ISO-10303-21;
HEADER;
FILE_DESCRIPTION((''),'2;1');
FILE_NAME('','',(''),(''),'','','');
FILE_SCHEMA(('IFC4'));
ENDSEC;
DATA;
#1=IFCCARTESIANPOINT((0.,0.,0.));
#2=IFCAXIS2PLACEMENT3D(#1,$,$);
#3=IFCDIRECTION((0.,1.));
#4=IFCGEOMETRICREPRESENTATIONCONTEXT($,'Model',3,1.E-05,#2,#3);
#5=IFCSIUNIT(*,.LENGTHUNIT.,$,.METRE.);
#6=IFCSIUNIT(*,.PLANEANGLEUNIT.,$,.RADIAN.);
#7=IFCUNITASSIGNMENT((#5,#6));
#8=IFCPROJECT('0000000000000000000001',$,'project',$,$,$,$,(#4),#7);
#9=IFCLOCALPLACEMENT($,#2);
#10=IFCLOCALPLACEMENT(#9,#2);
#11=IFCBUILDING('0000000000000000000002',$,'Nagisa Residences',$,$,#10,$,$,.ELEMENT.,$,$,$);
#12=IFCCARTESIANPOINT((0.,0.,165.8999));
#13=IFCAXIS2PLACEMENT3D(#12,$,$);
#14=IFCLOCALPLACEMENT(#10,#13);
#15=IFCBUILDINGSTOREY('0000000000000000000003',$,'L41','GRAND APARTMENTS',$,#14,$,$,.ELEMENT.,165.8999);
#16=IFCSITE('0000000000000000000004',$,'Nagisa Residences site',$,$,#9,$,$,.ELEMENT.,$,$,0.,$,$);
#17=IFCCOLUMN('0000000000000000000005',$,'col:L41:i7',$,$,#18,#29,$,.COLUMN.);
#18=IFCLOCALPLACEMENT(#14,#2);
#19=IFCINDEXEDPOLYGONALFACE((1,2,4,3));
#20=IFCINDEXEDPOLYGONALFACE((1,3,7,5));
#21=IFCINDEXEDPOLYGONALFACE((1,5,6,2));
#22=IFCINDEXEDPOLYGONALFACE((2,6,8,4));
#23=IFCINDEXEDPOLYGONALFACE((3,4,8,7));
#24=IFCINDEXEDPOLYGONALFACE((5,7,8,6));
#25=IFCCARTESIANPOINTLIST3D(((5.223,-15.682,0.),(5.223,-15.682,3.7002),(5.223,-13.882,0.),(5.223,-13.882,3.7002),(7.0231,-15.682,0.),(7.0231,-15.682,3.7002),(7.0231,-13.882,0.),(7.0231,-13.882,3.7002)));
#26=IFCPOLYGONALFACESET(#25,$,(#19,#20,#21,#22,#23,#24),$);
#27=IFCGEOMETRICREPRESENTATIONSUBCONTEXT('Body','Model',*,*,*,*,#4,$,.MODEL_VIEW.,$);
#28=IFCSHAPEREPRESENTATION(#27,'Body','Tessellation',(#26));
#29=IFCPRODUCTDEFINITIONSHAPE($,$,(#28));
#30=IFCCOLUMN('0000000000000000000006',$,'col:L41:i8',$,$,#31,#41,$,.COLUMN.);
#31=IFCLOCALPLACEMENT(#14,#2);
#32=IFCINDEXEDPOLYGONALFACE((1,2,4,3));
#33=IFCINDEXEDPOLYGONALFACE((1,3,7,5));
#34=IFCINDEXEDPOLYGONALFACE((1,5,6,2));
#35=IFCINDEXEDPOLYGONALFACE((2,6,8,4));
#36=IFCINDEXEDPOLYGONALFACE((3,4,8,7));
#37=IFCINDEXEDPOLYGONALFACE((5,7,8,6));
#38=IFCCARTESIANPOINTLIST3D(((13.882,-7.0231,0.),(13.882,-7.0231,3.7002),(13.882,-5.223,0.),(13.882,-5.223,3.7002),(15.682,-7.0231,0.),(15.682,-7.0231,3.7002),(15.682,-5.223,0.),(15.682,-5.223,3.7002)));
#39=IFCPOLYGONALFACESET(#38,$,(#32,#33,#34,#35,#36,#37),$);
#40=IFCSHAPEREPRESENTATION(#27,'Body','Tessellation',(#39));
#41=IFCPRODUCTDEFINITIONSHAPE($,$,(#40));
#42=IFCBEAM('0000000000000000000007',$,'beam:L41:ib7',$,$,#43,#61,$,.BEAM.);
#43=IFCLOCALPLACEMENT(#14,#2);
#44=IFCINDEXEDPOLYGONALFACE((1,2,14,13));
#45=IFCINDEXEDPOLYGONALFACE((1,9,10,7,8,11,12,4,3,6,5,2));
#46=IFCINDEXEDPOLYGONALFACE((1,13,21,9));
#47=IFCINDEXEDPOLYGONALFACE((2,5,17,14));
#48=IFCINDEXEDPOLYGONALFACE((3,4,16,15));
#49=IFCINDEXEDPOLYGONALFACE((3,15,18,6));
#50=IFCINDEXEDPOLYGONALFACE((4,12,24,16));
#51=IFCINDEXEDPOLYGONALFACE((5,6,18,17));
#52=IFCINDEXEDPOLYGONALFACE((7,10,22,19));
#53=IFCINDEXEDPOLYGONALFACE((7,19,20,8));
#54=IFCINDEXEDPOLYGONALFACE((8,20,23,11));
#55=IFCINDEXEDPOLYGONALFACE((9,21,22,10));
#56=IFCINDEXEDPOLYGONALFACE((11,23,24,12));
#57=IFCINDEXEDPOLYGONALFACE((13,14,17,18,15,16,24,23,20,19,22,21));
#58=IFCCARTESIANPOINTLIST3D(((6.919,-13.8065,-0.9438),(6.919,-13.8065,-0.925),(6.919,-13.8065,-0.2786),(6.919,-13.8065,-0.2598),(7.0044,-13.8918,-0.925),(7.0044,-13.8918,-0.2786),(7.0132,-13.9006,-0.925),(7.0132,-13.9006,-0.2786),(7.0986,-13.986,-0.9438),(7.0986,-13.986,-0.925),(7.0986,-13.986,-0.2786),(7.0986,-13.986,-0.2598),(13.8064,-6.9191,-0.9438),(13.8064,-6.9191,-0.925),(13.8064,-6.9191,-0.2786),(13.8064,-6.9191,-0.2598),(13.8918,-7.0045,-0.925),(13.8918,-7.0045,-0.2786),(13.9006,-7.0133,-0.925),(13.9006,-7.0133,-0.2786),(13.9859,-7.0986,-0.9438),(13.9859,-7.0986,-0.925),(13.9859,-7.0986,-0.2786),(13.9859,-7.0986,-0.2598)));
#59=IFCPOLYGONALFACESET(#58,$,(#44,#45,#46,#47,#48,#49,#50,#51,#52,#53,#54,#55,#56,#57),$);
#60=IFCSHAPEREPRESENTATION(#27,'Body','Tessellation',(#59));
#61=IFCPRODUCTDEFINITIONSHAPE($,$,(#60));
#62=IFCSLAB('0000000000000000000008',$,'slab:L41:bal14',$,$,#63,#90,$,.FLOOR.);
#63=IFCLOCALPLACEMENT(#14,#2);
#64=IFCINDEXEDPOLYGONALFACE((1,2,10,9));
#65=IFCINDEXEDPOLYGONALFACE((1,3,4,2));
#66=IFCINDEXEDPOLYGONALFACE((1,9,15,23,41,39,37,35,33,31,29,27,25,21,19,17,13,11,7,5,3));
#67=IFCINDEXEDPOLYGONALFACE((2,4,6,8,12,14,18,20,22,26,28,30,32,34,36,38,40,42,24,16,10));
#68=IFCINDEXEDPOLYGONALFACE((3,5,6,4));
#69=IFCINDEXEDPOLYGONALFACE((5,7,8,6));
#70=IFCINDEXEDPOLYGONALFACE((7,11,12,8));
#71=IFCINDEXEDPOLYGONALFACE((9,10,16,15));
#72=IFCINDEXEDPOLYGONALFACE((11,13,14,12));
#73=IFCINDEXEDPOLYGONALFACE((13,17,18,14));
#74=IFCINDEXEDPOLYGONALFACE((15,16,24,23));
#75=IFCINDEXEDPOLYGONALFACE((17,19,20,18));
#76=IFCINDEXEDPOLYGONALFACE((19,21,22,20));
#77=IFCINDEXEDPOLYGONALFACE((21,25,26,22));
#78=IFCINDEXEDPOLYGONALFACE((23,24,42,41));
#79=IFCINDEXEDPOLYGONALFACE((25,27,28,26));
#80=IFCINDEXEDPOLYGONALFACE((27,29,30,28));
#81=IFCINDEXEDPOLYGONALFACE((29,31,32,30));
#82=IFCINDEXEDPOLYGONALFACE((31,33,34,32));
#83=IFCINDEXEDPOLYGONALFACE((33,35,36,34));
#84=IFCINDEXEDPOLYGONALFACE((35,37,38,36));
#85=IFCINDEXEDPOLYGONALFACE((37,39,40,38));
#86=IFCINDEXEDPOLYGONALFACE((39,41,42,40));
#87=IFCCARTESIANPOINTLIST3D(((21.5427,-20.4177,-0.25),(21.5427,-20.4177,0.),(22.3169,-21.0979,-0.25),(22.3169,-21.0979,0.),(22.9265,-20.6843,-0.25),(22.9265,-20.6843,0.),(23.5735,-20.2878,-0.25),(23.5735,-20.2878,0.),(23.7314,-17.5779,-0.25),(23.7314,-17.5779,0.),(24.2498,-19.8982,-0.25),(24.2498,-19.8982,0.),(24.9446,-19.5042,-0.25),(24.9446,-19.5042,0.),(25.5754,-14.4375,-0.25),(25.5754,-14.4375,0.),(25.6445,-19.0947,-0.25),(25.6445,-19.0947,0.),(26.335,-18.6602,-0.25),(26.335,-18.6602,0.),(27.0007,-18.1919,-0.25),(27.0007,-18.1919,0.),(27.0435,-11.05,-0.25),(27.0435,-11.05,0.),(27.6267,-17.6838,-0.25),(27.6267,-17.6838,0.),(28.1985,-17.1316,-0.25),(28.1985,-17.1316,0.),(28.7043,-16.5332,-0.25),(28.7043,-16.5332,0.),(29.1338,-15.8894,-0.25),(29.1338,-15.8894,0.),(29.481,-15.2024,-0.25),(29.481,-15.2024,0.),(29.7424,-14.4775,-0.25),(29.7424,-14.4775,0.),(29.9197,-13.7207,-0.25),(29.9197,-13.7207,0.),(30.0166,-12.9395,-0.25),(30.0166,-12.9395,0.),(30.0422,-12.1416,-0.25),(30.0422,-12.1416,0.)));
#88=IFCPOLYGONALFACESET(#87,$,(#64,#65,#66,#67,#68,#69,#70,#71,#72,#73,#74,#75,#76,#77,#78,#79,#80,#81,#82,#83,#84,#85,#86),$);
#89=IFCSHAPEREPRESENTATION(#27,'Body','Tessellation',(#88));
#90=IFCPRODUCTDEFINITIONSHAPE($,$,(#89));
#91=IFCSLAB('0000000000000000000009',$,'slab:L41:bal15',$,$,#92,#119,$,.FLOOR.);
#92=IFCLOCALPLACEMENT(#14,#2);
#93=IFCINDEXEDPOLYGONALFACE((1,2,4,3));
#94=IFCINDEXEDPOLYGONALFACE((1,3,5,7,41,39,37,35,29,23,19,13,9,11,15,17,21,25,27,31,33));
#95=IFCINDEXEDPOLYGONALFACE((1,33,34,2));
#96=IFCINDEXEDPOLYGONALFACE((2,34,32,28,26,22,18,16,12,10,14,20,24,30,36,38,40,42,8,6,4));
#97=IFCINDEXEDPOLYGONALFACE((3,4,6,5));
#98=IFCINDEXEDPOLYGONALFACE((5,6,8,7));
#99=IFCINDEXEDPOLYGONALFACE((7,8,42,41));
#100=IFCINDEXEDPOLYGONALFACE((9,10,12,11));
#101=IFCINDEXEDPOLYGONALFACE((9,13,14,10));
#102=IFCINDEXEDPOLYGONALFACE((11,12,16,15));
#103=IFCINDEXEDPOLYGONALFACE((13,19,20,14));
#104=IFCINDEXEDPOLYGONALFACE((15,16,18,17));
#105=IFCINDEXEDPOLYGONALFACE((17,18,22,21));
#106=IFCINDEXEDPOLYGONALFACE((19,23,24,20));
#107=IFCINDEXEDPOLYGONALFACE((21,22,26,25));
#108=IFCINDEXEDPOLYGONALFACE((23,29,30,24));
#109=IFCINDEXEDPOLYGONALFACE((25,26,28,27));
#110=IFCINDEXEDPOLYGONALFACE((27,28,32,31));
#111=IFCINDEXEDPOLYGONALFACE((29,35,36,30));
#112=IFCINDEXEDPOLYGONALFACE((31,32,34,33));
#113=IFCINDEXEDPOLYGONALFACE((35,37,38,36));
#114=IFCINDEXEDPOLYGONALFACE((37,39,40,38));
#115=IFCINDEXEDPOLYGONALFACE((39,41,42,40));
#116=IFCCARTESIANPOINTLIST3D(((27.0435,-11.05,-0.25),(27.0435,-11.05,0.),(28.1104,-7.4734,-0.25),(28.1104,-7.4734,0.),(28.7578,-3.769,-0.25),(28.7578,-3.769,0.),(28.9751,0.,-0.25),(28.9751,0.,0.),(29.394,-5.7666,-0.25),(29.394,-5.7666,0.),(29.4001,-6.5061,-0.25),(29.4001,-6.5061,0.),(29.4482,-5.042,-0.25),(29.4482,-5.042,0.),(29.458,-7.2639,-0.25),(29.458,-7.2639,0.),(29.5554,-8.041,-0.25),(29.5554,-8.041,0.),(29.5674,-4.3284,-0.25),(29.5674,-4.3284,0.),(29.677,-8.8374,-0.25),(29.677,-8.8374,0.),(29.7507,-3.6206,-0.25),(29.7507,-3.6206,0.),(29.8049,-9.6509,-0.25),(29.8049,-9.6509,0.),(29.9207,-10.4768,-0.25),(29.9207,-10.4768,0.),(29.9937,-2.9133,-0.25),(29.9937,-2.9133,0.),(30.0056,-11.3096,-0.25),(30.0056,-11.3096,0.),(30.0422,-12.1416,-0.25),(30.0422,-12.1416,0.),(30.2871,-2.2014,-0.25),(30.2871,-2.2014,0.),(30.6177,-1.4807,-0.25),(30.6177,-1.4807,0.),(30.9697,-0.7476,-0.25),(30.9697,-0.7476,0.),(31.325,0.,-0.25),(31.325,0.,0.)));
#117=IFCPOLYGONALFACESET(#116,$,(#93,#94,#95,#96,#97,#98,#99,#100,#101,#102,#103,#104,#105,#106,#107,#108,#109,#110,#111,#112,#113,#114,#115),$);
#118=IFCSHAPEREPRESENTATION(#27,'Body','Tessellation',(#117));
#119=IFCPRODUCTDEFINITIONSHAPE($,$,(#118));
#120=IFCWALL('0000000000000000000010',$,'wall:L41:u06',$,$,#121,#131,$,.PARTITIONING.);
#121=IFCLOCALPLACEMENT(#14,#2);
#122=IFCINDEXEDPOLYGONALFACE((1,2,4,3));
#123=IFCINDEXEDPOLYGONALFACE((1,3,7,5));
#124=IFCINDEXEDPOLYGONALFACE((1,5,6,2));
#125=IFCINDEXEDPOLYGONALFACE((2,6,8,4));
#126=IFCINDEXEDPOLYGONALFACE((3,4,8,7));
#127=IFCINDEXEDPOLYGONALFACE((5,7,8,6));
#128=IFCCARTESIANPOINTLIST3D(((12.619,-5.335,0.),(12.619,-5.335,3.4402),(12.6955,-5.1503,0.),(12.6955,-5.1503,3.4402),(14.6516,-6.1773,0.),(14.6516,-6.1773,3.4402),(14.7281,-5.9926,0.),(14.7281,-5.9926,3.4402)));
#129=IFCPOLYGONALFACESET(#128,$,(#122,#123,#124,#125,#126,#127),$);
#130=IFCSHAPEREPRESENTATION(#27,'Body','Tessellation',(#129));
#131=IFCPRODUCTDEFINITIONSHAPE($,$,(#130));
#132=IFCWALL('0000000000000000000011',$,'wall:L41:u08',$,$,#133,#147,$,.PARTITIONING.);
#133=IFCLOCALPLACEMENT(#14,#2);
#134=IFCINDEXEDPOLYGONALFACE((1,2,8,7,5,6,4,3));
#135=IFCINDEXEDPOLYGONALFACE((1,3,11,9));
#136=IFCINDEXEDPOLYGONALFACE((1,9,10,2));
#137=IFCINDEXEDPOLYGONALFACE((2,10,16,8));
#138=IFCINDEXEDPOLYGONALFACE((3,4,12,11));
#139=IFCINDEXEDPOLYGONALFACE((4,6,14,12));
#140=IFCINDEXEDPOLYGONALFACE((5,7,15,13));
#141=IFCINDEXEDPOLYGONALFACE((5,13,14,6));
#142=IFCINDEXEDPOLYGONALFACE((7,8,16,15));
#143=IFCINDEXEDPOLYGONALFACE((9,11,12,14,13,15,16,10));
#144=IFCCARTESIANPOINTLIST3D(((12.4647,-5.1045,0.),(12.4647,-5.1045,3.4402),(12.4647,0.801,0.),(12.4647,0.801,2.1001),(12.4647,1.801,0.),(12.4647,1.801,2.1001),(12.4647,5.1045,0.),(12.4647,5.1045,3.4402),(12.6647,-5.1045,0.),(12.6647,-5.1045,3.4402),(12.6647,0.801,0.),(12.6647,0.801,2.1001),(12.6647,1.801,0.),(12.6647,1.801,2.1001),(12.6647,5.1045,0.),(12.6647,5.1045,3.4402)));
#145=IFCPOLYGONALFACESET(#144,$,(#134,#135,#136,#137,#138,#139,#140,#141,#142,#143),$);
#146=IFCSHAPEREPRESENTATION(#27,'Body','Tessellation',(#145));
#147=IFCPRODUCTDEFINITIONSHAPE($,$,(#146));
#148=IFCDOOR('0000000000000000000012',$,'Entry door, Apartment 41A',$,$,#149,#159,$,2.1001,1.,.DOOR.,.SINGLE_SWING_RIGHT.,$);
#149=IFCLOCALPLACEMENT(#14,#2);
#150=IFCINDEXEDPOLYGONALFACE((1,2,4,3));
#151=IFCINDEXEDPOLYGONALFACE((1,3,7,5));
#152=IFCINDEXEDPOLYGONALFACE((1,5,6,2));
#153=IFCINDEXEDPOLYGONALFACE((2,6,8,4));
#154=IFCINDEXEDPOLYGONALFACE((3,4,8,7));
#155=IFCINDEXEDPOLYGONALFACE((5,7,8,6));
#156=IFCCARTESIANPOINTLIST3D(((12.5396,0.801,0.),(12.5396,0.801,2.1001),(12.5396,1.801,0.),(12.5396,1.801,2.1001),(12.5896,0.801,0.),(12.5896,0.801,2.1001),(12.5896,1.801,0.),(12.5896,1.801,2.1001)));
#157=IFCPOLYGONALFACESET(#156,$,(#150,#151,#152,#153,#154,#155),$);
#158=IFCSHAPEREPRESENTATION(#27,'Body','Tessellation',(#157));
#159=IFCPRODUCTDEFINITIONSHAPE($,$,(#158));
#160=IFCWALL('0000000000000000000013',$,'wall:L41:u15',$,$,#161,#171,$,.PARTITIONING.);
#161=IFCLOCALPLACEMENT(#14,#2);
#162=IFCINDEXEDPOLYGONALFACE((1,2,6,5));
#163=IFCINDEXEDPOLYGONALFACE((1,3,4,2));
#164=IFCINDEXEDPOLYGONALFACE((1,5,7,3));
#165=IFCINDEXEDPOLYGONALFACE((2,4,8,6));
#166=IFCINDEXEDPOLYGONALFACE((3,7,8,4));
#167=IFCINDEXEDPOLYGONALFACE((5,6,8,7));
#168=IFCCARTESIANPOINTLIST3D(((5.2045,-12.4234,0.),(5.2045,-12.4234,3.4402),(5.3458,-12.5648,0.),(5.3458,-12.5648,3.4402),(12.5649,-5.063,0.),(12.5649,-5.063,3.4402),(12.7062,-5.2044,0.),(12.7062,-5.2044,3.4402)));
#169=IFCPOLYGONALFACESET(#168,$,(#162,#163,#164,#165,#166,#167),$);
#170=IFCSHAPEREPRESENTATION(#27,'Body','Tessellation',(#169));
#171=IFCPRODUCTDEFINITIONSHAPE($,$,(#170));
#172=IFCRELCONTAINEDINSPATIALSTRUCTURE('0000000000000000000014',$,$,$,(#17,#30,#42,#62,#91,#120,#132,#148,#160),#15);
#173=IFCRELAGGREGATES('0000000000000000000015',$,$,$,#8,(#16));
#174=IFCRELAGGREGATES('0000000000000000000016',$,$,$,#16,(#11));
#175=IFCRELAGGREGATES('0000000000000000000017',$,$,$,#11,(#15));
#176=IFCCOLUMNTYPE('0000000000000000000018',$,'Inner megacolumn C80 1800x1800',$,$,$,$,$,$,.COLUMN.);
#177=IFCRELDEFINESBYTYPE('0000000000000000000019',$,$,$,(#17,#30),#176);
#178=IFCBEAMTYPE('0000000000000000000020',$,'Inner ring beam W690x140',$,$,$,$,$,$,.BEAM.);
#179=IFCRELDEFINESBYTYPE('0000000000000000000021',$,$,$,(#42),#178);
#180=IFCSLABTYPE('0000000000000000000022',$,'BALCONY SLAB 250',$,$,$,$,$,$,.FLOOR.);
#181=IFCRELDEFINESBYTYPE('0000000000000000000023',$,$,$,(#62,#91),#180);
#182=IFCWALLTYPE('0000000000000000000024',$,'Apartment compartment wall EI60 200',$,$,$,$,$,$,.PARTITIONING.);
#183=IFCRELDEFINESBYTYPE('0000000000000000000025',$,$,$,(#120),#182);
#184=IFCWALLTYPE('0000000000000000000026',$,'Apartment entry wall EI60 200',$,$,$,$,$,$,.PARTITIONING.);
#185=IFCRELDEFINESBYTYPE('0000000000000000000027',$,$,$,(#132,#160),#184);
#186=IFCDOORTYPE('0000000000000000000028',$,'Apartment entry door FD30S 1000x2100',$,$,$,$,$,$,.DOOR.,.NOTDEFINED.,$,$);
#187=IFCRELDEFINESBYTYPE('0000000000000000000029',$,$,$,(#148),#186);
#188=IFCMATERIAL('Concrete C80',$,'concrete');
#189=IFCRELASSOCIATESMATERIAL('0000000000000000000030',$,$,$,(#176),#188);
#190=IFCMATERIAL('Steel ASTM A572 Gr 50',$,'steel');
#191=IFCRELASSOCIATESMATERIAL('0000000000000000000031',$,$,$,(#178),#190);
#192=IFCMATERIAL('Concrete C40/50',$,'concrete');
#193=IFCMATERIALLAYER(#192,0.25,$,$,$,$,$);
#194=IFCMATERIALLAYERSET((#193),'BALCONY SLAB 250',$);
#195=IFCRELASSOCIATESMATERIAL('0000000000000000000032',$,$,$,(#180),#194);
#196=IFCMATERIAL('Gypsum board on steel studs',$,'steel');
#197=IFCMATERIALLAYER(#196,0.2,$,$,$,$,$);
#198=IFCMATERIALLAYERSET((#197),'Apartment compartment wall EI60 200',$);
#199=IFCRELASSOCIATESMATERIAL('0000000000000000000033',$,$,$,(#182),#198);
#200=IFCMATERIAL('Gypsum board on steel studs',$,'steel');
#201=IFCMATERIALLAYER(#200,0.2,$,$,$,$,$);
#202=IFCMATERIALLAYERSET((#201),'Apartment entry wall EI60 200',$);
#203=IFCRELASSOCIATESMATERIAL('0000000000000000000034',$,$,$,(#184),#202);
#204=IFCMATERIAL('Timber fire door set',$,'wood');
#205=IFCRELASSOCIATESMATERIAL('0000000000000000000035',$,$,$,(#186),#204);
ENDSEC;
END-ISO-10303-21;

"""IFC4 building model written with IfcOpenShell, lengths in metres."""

from ifc_helpers import new_model, si_unit, direction, frame, frame_2d, origin, origin_2d, place, context, subcontext, project, spatial, polyline, rectangle, i_section, outline, extrude, material, layer, layer_set, material_profile, profile_set, type_object, element, fill, save


model = new_model("IFC4")

# Units and contexts
model_context = context("Model", 3, precision=1e-05, world=origin(), true_north=direction((0.0, 1.0)))
body_context = subcontext(model_context, "Body", "Model", "MODEL_VIEW")
ifc_project = project(units=[si_unit("LENGTHUNIT", "METRE"), si_unit("PLANEANGLEUNIT", "RADIAN")], contexts=[model_context])

# Site, building, storey
site_placement = place(None, origin())
site = spatial("IfcSite", under=ifc_project, at=site_placement, Name="Nagisa Residences site", CompositionType="ELEMENT", RefElevation=0.0)
building_placement = place(site_placement, origin())
building = spatial("IfcBuilding", under=site, at=building_placement, Name="Nagisa Residences", CompositionType="ELEMENT")
storey_placement = place(building_placement, frame((0.0, 0.0, 165.8999)))
storey = spatial("IfcBuildingStorey", under=building, at=storey_placement, Name="L41", Description="GRAND APARTMENTS", CompositionType="ELEMENT", Elevation=165.8999)

# Columns
ifc_material_1 = material(Name="Concrete C80", Category="concrete")
ifc_material_profile_1 = material_profile(ifc_material_1, rectangle(XDim=1.8, YDim=1.8, at=origin_2d()), Name="C80 1800x1800")
ifc_profile_set_1 = profile_set([ifc_material_profile_1], Name="Concrete C80")
column_type = type_object("IfcColumnType", Name="Inner megacolumn C80 1800x1800", PredefinedType="COLUMN", material=ifc_profile_set_1)
for number, where, z_axis, x_axis, name in (
    (1, (6.123, -14.782, 0.0), (0.0, 0.0, 1.0), (1.0, 0.0, 0.0), "col:L41:i7"),
    (2, (14.782, -6.123, 0.0), (0.0, 0.0, 1.0), (1.0, 0.0, 0.0), "col:L41:i8"),
):
    element("IfcColumn", number, at=place(storey_placement, frame(where, z_axis=z_axis, x_axis=x_axis)), inside=storey, type_object=column_type, Name=name, PredefinedType="COLUMN", context=body_context, shape_type="SweptSolid", body=[
        extrude(rectangle(XDim=1.8, YDim=1.8, at=origin_2d()), origin(), (0.0, 0.0, 1.0), 3.7002),
    ])

# Beam
ifc_material_2 = material(Name="Steel ASTM A572 Gr 50", Category="steel")
ifc_material_profile_2 = material_profile(ifc_material_2, i_section(OverallWidth=0.2539, OverallDepth=0.6841, WebThickness=0.0125, FlangeThickness=0.0188, at=origin_2d()), Name="W690x140")
ifc_profile_set_2 = profile_set([ifc_material_profile_2], Name="Steel ASTM A572 Gr 50")
beam_type = type_object("IfcBeamType", Name="Inner ring beam W690x140", PredefinedType="BEAM", material=ifc_profile_set_2)
beam_placement = place(storey_placement, frame((7.0088, -13.8962, -0.6018), z_axis=(0.707107, 0.707107, 0.0), x_axis=(-0.707107, 0.707107, 0.0)))
element("IfcBeam", 3, at=beam_placement, inside=storey, type_object=beam_type, Name="beam:L41:ib7", PredefinedType="BEAM", context=body_context, shape_type="SweptSolid", body=[
    extrude(i_section(OverallWidth=0.2539, OverallDepth=0.6841, WebThickness=0.0125, FlangeThickness=0.0188, at=origin_2d()), origin(), (0.0, 0.0, 1.0), 9.7402),
])

# Slabs
ifc_material_3 = material(Name="Concrete C40/50", Category="concrete")
ifc_layer_1 = layer(ifc_material_3, 0.25)
ifc_layer_set_1 = layer_set([ifc_layer_1], Name="BALCONY SLAB 250")
slab_type = type_object("IfcSlabType", Name="BALCONY SLAB 250", PredefinedType="FLOOR", material=ifc_layer_set_1)
slab_1_placement = place(storey_placement, frame((0.0, 0.0, -0.25)))
element("IfcSlab", 4, at=slab_1_placement, inside=storey, type_object=slab_type, Name="slab:L41:bal14", PredefinedType="FLOOR", context=body_context, shape_type="SweptSolid", body=[
    extrude(outline(polyline([(22.3169, -21.0979), (22.9265, -20.6843), (23.5735, -20.2878), (24.2498, -19.8982), (24.9446, -19.5042), (25.6445, -19.0947), (26.335, -18.6602), (27.0007, -18.1919), (27.6267, -17.6838), (28.1985, -17.1316), (28.7043, -16.5332), (29.1338, -15.8894), (29.481, -15.2024), (29.7424, -14.4775), (29.9197, -13.7207), (30.0166, -12.9395), (30.0422, -12.1416), (27.0435, -11.05), (25.5754, -14.4375), (23.7314, -17.5779), (21.5427, -20.4177), (22.3169, -21.0979)])), origin(), (0.0, 0.0, 1.0), 0.25),
])
slab_2_placement = place(storey_placement, frame((0.0, 0.0, -0.25)))
element("IfcSlab", 5, at=slab_2_placement, inside=storey, type_object=slab_type, Name="slab:L41:bal15", PredefinedType="FLOOR", context=body_context, shape_type="SweptSolid", body=[
    extrude(outline(polyline([(30.0422, -12.1416), (30.0056, -11.3096), (29.9207, -10.4768), (29.8049, -9.6509), (29.677, -8.8374), (29.5554, -8.041), (29.458, -7.2639), (29.4001, -6.5061), (29.394, -5.7666), (29.4482, -5.042), (29.5674, -4.3284), (29.7507, -3.6206), (29.9937, -2.9133), (30.2871, -2.2014), (30.6177, -1.4807), (30.9697, -0.7476), (31.325, 0.0), (28.9751, 0.0), (28.7578, -3.769), (28.1104, -7.4734), (27.0435, -11.05), (30.0422, -12.1416)])), origin(), (0.0, 0.0, 1.0), 0.25),
])

# Wall
ifc_material_4 = material(Name="Gypsum board on steel studs", Category="steel")
ifc_layer_2 = layer(ifc_material_4, 0.2)
ifc_layer_set_2 = layer_set([ifc_layer_2], Name="Apartment compartment wall EI60 200")
wall_type_1 = type_object("IfcWallType", Name="Apartment compartment wall EI60 200", PredefinedType="PARTITIONING", material=ifc_layer_set_2)
wall_1_placement = place(storey_placement, frame((12.6572, -5.2427, 0.0), z_axis=(0.0, 0.0, 1.0), x_axis=(0.92383, -0.382803, 0.0)))
element("IfcWall", 6, at=wall_1_placement, inside=storey, type_object=wall_type_1, Name="wall:L41:u06", PredefinedType="PARTITIONING", context=body_context, shape_type="SweptSolid", body=[
    extrude(rectangle(XDim=2.2002, YDim=0.2, at=frame_2d((1.1001, 0.0))), origin(), (0.0, 0.0, 1.0), 3.4402),
])

# Wall, opening, door
ifc_material_5 = material(Name="Gypsum board on steel studs", Category="steel")
ifc_layer_3 = layer(ifc_material_5, 0.2)
ifc_layer_set_3 = layer_set([ifc_layer_3], Name="Apartment entry wall EI60 200")
wall_type_2 = type_object("IfcWallType", Name="Apartment entry wall EI60 200", PredefinedType="PARTITIONING", material=ifc_layer_set_3)
wall_2_placement = place(storey_placement, frame((12.5647, -5.1045, 0.0), z_axis=(0.0, 0.0, 1.0), x_axis=(0.0, 1.0, 0.0)))
wall_2 = element("IfcWall", 7, at=wall_2_placement, inside=storey, type_object=wall_type_2, Name="wall:L41:u08", PredefinedType="PARTITIONING", context=body_context, shape_type="SweptSolid", body=[
    extrude(rectangle(XDim=10.209, YDim=0.2, at=frame_2d((5.1045, 0.0))), origin(), (0.0, 0.0, 1.0), 3.4402),
])
opening_1_placement = place(wall_2_placement, frame((5.9055, 0.0, 0.0)))
opening_1 = element("IfcOpeningElement", 8, at=opening_1_placement, cuts=wall_2, PredefinedType="OPENING", context=body_context, shape_type="SweptSolid", body=[
    extrude(rectangle(XDim=1.0, YDim=2.1001, at=frame_2d((0.5, 1.05))), frame((0.0, 0.1099, 0.0), z_axis=(0.0, -1.0, 0.0), x_axis=(1.0, 0.0, 0.0)), (0.0, 0.0, 1.0), 0.22),
])
ifc_material_6 = material(Name="Timber fire door set", Category="wood")
door_type_1 = type_object("IfcDoorType", Name="Apartment entry door FD30S 1000x2100", OperationType="NOTDEFINED", PredefinedType="DOOR", material=ifc_material_6)
door_1_placement = place(opening_1_placement, frame((1.0, 0.0, 0.0), x_axis=(-1.0, 0.0, 0.0)))
door_1 = element("IfcDoor", 9, at=door_1_placement, inside=storey, type_object=door_type_1, Name="Entry door, Apartment 41A", OperationType="SINGLE_SWING_RIGHT", OverallHeight=2.1001, OverallWidth=1.0, PredefinedType="DOOR", context=body_context, shape_type="SweptSolid", body=[
    extrude(rectangle(XDim=1.0, YDim=2.1001, at=frame_2d((0.5, 1.05))), frame((0.0, 0.0249, 0.0), z_axis=(0.0, -1.0, 0.0), x_axis=(1.0, 0.0, 0.0)), (0.0, 0.0, 1.0), 0.05),
])
fill(opening_1, door_1)

# Wall
wall_3_placement = place(storey_placement, frame((5.2751, -12.4941, 0.0), z_axis=(0.0, 0.0, 1.0), x_axis=(0.707107, 0.707107, 0.0)))
element("IfcWall", 10, at=wall_3_placement, inside=storey, type_object=wall_type_2, Name="wall:L41:u15", PredefinedType="PARTITIONING", context=body_context, shape_type="SweptSolid", body=[
    extrude(rectangle(XDim=10.4092, YDim=0.2, at=frame_2d((5.2046, 0.0))), origin(), (0.0, 0.0, 1.0), 3.4402),
])

save(model, "model.ifc")
